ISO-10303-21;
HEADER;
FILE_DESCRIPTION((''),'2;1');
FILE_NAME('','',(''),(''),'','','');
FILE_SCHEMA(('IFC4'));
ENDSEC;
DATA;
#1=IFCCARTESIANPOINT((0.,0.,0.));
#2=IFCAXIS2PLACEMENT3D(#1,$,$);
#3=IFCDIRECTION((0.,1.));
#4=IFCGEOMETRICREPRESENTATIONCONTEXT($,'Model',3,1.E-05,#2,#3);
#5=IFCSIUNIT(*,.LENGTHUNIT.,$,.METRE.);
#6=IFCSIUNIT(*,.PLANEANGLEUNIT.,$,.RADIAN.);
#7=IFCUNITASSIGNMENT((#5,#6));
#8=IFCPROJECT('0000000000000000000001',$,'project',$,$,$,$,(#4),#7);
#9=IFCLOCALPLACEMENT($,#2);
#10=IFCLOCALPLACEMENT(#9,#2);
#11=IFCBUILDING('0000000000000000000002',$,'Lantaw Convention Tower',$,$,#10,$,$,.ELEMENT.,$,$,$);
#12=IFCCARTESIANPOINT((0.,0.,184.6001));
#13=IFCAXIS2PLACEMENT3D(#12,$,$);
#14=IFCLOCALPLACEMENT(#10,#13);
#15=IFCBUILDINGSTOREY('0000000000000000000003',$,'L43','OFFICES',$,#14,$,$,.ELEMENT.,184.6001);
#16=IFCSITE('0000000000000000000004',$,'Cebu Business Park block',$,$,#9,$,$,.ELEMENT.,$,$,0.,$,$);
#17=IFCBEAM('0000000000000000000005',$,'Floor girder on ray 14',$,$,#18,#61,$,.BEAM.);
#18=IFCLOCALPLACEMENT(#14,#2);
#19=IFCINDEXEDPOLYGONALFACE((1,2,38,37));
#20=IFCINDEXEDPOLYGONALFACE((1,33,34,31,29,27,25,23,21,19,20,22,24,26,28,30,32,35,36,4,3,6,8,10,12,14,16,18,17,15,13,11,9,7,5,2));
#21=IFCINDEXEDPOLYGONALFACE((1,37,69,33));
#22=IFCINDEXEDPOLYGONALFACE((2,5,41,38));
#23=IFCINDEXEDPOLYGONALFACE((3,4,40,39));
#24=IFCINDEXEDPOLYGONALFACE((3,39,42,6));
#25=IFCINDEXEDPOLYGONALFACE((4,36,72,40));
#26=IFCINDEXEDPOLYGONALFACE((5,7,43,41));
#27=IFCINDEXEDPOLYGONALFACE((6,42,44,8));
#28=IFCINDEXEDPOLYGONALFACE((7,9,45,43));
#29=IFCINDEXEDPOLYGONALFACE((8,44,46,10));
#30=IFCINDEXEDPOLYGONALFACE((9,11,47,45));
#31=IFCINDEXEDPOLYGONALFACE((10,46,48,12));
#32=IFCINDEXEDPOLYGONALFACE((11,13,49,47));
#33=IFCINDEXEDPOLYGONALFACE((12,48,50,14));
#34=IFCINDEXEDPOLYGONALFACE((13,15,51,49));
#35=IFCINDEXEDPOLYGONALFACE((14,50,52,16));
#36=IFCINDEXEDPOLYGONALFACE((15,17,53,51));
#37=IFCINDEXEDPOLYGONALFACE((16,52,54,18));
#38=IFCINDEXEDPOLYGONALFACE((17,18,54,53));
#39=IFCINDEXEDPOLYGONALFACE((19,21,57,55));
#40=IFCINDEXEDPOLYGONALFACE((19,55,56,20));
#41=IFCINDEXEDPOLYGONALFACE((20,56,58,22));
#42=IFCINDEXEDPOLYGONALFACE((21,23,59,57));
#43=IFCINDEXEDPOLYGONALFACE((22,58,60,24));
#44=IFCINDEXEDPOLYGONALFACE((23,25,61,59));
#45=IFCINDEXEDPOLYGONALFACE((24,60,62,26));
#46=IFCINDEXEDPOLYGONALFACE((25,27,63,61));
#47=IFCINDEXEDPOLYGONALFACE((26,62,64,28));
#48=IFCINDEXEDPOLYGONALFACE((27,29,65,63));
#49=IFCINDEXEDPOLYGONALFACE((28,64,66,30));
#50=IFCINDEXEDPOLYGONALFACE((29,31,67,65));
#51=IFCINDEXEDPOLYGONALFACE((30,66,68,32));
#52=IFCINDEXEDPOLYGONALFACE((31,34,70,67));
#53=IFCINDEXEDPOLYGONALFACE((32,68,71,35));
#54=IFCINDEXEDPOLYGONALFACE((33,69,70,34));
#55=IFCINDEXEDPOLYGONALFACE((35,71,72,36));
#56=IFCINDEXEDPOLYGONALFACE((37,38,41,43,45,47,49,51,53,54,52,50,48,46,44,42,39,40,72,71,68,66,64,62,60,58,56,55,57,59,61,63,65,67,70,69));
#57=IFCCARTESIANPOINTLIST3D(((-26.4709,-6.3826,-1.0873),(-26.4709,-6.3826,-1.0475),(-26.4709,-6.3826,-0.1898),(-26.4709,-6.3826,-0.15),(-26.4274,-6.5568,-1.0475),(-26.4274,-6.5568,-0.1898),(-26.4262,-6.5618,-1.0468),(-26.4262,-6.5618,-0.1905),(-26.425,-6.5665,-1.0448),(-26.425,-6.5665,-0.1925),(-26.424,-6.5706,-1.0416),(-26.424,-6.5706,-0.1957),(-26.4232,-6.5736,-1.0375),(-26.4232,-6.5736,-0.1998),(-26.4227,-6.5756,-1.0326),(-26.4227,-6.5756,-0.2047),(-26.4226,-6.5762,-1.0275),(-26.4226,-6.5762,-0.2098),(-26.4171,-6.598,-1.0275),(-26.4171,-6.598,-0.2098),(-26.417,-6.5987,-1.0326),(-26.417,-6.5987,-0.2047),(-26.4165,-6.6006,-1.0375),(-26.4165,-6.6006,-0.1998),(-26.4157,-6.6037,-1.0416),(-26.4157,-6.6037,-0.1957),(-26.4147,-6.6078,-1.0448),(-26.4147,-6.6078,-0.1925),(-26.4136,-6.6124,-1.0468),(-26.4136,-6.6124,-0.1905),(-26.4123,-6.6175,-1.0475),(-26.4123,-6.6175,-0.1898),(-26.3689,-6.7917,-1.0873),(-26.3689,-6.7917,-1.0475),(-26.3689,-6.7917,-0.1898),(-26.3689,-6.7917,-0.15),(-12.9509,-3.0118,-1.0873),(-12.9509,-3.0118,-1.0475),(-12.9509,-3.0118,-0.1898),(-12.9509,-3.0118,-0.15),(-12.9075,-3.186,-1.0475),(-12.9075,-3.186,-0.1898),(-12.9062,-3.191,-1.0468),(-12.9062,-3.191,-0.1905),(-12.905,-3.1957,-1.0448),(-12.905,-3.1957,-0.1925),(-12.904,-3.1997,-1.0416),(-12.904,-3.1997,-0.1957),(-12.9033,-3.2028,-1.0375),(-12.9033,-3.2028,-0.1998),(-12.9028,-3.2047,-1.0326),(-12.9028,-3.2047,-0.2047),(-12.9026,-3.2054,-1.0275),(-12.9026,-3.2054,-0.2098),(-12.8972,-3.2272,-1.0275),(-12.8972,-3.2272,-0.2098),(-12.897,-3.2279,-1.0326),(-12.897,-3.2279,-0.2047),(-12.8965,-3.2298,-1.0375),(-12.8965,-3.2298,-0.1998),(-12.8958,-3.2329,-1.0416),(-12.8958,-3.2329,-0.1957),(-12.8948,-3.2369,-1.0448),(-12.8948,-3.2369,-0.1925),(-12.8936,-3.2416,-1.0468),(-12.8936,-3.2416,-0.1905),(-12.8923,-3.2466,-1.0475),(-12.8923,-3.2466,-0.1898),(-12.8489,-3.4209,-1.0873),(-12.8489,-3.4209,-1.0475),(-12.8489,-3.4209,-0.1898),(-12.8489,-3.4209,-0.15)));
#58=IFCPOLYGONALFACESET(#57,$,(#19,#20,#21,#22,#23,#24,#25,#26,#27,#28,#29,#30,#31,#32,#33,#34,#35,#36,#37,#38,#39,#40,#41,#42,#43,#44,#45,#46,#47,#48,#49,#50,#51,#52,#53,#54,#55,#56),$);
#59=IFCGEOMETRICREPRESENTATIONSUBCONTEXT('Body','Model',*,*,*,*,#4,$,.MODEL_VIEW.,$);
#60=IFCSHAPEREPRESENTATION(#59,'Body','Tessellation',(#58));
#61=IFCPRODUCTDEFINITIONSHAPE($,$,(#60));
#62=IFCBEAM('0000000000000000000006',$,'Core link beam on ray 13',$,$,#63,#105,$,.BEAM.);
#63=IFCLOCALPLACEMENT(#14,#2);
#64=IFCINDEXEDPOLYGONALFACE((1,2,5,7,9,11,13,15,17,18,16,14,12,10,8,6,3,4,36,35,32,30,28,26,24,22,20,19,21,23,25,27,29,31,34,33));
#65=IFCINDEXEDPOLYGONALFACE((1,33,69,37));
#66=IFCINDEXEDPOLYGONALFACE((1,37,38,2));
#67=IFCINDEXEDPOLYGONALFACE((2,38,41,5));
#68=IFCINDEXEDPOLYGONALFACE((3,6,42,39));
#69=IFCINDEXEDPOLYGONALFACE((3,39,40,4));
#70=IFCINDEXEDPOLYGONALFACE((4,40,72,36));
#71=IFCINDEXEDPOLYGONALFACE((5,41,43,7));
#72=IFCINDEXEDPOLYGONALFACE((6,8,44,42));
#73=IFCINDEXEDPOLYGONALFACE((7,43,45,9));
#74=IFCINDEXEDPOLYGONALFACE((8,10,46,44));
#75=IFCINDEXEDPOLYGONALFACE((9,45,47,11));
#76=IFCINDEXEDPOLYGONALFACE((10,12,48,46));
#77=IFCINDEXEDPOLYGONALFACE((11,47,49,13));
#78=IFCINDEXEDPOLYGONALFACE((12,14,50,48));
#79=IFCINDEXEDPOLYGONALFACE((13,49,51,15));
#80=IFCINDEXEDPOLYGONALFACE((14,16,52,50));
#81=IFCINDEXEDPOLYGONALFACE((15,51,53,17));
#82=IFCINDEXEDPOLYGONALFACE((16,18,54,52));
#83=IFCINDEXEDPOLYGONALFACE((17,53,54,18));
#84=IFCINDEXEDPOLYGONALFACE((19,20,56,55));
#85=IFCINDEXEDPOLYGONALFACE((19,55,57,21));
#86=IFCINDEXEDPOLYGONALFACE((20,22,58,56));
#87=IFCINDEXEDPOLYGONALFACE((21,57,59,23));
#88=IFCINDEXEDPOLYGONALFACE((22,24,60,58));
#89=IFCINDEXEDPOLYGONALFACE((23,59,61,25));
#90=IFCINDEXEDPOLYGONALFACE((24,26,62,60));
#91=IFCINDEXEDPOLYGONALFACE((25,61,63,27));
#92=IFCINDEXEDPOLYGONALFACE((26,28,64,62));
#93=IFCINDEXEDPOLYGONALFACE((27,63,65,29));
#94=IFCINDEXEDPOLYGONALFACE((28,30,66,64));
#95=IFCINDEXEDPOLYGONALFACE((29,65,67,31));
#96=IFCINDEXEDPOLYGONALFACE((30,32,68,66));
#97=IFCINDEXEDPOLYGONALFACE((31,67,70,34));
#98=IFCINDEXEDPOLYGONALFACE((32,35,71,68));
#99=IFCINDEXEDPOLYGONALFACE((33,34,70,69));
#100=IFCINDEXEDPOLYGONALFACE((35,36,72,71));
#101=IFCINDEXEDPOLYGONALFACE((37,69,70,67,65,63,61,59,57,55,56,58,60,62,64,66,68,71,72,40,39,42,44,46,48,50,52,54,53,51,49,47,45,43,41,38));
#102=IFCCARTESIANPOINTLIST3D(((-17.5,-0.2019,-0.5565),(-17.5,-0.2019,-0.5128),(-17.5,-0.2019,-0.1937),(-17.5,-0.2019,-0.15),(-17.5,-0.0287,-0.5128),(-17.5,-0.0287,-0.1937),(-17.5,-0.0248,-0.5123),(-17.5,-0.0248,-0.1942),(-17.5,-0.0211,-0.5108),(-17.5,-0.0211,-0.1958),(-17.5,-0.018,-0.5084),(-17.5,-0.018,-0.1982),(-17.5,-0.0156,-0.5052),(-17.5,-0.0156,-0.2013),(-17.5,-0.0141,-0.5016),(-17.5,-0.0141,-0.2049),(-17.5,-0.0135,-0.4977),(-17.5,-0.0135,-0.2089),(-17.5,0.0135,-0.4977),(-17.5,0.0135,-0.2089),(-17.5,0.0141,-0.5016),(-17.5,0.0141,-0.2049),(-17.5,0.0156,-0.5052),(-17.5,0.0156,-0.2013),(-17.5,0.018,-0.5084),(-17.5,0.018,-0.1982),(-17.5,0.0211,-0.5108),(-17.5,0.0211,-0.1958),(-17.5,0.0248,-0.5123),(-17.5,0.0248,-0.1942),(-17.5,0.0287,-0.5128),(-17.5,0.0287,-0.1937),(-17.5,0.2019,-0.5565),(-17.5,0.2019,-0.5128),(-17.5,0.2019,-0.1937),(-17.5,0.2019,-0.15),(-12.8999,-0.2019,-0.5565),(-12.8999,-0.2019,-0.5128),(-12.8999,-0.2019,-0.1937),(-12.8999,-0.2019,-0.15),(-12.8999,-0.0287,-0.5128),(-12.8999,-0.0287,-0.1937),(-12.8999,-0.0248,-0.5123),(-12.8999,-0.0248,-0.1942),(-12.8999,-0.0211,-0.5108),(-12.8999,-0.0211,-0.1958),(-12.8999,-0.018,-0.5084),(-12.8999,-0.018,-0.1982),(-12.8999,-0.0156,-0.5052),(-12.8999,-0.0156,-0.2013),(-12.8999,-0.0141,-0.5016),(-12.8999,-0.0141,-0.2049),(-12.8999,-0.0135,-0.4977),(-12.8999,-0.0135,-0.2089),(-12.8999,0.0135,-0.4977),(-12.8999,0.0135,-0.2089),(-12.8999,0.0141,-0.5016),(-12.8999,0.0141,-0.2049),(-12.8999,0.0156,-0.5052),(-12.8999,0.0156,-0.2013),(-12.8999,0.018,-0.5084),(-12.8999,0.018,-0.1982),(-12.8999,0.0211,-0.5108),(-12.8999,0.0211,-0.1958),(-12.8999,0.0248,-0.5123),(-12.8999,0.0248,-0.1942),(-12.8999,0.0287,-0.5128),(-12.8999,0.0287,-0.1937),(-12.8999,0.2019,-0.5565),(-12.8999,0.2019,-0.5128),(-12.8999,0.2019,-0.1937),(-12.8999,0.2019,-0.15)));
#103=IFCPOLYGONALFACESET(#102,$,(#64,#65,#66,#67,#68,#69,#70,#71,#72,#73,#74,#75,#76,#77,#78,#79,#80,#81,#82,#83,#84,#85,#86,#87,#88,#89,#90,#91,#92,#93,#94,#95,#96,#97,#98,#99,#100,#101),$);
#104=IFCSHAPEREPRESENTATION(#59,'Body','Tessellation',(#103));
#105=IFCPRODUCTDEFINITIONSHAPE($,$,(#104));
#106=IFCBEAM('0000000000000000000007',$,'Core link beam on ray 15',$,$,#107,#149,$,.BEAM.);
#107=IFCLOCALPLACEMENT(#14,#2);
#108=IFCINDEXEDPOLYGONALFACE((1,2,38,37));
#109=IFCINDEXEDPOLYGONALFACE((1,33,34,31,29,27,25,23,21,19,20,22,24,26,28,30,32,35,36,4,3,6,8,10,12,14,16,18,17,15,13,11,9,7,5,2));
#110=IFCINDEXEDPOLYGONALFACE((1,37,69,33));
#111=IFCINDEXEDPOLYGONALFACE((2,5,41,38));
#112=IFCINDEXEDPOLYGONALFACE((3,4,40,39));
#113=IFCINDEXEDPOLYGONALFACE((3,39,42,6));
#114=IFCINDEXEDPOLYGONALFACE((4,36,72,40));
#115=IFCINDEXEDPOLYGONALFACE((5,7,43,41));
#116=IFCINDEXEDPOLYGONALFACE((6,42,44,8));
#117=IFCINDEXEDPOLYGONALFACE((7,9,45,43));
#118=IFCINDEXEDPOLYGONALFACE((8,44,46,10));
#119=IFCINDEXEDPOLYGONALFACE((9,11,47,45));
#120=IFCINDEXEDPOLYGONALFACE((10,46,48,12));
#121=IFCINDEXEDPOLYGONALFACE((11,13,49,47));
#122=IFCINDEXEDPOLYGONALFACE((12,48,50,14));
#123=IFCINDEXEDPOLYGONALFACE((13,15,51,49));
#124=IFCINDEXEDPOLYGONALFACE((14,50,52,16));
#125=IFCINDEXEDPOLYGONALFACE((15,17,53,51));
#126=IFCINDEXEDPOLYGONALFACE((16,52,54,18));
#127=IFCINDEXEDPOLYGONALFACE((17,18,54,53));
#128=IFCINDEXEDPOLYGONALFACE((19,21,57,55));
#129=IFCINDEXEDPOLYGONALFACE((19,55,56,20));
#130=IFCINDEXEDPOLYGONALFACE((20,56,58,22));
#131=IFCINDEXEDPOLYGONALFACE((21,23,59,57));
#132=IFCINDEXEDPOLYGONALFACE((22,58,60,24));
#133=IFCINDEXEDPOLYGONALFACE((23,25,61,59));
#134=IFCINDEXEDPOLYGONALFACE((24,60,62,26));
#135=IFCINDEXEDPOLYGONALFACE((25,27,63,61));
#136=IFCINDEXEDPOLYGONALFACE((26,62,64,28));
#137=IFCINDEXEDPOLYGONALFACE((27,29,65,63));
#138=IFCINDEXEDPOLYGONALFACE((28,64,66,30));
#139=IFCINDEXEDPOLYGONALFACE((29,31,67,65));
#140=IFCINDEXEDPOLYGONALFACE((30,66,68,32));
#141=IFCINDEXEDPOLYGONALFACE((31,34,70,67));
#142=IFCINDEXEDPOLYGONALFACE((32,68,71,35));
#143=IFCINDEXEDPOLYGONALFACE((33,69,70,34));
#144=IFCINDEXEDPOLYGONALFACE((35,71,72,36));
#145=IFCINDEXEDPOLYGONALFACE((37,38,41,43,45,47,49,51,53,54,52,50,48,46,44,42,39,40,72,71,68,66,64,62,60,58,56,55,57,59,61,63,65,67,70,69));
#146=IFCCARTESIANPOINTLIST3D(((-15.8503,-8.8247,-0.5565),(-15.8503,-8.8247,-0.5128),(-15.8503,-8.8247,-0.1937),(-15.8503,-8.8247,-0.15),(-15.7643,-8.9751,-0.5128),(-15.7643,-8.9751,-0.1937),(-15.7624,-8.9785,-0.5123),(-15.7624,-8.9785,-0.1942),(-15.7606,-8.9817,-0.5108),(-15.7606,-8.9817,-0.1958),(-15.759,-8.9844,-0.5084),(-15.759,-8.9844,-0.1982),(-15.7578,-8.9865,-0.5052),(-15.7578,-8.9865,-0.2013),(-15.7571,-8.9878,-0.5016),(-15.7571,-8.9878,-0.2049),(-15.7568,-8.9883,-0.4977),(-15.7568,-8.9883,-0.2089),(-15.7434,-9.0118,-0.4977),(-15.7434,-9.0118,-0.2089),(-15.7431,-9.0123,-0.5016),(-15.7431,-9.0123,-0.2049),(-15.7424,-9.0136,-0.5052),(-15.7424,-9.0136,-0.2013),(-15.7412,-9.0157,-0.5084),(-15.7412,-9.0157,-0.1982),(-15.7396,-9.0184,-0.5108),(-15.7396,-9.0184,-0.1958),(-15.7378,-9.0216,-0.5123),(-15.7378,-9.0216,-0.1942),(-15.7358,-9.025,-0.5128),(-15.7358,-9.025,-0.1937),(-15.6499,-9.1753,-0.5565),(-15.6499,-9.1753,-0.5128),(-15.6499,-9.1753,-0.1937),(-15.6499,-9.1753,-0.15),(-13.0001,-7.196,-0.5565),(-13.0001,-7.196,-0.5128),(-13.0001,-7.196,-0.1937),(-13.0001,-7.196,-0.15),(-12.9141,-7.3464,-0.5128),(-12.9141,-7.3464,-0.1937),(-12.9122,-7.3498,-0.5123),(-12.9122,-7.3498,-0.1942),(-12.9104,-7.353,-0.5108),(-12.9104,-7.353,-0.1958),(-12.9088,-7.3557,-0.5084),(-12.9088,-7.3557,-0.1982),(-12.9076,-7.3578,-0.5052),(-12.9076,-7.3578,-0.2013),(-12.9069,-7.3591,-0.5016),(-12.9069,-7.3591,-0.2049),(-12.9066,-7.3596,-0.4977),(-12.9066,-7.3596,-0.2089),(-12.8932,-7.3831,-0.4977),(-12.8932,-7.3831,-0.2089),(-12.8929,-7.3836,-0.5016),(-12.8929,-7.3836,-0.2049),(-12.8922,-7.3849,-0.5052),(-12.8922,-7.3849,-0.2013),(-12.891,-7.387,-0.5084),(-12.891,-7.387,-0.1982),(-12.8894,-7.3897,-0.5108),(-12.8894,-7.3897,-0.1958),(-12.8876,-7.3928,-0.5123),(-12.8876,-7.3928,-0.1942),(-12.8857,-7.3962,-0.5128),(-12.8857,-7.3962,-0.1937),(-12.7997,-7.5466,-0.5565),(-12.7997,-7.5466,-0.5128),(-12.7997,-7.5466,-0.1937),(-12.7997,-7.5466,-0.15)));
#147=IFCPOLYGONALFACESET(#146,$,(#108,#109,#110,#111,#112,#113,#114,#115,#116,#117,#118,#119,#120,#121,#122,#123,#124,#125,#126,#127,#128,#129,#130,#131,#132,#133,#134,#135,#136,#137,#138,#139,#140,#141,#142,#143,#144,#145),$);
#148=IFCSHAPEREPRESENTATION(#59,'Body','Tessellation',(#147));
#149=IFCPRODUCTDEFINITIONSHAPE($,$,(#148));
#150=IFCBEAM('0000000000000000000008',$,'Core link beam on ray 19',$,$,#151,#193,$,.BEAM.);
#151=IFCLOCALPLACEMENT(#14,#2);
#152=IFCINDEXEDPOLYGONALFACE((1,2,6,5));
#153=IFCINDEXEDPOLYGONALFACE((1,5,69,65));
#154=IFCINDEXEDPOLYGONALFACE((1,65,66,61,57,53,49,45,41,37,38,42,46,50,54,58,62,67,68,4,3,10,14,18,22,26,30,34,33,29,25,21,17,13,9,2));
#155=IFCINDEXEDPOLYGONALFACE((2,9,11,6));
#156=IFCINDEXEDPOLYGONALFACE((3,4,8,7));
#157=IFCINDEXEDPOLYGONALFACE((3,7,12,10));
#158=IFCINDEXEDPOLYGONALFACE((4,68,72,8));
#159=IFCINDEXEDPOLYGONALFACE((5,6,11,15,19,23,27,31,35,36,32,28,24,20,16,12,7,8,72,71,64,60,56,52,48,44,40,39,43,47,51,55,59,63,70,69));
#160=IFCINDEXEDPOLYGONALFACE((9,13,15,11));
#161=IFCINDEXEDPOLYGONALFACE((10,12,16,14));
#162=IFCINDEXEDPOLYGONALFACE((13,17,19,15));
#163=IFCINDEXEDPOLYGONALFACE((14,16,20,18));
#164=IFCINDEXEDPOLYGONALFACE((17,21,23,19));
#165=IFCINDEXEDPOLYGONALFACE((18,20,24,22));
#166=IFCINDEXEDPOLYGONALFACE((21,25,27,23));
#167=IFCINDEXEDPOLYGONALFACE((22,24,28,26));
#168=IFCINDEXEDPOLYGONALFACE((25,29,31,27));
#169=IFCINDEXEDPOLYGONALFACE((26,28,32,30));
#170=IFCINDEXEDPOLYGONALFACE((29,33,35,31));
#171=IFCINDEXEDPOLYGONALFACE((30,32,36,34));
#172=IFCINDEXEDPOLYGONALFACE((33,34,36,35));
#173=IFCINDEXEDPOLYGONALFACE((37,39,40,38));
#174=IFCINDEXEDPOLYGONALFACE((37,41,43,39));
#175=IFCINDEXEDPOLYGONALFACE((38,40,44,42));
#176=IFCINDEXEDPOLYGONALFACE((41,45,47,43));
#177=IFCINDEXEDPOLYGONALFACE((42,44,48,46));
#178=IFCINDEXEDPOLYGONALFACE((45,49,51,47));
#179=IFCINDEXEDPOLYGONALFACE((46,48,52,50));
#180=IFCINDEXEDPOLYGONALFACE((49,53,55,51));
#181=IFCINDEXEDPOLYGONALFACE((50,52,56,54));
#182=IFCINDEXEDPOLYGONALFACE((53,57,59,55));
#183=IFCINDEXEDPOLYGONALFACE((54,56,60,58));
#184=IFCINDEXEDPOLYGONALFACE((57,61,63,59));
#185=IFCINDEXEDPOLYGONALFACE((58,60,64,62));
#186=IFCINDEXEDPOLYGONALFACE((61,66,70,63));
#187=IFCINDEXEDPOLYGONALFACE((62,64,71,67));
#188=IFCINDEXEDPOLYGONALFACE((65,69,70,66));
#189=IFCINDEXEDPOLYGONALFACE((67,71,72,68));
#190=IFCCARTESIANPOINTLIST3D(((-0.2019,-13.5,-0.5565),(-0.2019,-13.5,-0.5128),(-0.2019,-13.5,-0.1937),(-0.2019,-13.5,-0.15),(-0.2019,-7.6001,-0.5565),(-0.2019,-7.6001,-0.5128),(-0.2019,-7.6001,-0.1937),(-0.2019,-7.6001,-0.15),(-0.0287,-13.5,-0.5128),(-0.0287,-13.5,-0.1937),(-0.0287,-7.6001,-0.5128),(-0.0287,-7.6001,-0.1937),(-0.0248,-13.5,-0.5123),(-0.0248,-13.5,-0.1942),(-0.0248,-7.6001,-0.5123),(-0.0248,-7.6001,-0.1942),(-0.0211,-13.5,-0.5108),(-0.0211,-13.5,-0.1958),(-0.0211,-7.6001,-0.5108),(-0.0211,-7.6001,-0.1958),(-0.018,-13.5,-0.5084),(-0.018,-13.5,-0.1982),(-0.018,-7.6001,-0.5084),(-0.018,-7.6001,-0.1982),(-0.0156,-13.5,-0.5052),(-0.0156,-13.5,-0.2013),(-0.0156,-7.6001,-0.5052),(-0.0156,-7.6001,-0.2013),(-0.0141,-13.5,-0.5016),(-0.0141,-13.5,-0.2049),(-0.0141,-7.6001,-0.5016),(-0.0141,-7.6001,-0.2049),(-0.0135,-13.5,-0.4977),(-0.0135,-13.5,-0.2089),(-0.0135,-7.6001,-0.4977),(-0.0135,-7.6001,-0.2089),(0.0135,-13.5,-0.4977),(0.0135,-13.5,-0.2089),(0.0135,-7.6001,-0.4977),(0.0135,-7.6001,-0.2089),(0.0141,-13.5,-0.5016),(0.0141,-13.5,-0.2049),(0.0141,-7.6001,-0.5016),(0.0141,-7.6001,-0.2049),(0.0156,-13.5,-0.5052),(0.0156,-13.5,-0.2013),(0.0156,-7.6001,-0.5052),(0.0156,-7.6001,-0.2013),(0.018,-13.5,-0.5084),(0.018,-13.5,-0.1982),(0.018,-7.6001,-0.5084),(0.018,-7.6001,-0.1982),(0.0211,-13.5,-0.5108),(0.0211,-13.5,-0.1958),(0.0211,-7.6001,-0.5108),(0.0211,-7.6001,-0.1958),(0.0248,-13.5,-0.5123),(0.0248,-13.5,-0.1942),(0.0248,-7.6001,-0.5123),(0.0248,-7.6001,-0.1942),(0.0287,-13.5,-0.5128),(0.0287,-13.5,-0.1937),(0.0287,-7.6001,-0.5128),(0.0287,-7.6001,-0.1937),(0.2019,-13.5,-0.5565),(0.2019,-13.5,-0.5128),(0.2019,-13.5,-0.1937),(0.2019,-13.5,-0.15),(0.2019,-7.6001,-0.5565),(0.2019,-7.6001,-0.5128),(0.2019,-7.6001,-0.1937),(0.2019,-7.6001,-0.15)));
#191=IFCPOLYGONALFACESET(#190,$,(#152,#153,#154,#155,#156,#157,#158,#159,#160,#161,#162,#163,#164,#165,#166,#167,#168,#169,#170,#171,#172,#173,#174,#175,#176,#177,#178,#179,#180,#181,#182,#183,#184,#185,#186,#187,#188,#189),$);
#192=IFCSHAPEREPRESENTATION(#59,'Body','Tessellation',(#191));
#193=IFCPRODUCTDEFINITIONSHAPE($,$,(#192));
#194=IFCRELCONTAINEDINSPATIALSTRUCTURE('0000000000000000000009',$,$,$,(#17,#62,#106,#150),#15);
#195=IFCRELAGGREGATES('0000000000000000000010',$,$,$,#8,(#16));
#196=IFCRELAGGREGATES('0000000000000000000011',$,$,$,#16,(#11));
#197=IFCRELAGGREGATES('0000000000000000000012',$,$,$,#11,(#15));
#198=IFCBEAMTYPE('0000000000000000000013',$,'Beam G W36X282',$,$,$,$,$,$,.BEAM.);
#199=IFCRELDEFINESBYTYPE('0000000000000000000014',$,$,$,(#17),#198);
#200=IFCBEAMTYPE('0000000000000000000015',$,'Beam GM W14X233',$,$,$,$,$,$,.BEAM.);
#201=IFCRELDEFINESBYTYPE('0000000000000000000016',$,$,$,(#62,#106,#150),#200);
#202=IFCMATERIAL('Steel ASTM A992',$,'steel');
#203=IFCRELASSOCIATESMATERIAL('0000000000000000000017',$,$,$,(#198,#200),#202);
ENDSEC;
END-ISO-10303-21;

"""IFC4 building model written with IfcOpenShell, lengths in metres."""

from ifc_helpers import new_model, si_unit, direction, frame, origin, origin_2d, place, context, subcontext, project, spatial, i_section, extrude, material, material_profile, profile_set, type_object, element, save


model = new_model("IFC4")

# Units and contexts
model_context = context("Model", 3, precision=1e-05, world=origin(), true_north=direction((0.0, 1.0)))
body_context = subcontext(model_context, "Body", "Model", "MODEL_VIEW")
ifc_project = project(units=[si_unit("LENGTHUNIT", "METRE"), si_unit("PLANEANGLEUNIT", "RADIAN")], contexts=[model_context])

# Site, building, storey
site_placement = place(None, origin())
site = spatial("IfcSite", under=ifc_project, at=site_placement, Name="Cebu Business Park block", CompositionType="ELEMENT", RefElevation=0.0)
building_placement = place(site_placement, origin())
building = spatial("IfcBuilding", under=site, at=building_placement, Name="Lantaw Convention Tower", CompositionType="ELEMENT")
storey_placement = place(building_placement, frame((0.0, 0.0, 184.6001)))
storey = spatial("IfcBuildingStorey", under=building, at=storey_placement, Name="L43", Description="OFFICES", CompositionType="ELEMENT", Elevation=184.6001)

# Beams
ifc_material_1 = material(Name="Steel ASTM A992", Category="steel")
ifc_material_profile_1 = material_profile(ifc_material_1, i_section(OverallWidth=0.4216, OverallDepth=0.9373, WebThickness=0.0225, FlangeThickness=0.0398, FilletRadius=0.02, at=origin_2d()), Name="W36X282")
ifc_profile_set_1 = profile_set([ifc_material_profile_1], Name="Steel ASTM A992")
beam_type_1 = type_object("IfcBeamType", Name="Beam G W36X282", PredefinedType="BEAM", material=ifc_profile_set_1)
beam_1_placement = place(storey_placement, frame((-12.8999, -3.2163, -0.6187), z_axis=(-0.970297, -0.241917, 0.0), x_axis=(0.241917, -0.970297, 0.0)))
element("IfcBeam", 1, at=beam_1_placement, inside=storey, type_object=beam_type_1, Name="Floor girder on ray 14", PredefinedType="BEAM", context=body_context, shape_type="SweptSolid", body=[
    extrude(i_section(OverallWidth=0.4216, OverallDepth=0.9373, WebThickness=0.0225, FlangeThickness=0.0398, FilletRadius=0.02, at=origin_2d()), origin(), (0.0, 0.0, 1.0), 13.9338),
])
ifc_material_profile_2 = material_profile(ifc_material_1, i_section(OverallWidth=0.4038, OverallDepth=0.4065, WebThickness=0.0271, FlangeThickness=0.0437, FilletRadius=0.0151, at=origin_2d()), Name="W14X233")
ifc_profile_set_2 = profile_set([ifc_material_profile_2], Name="Steel ASTM A992")
beam_type_2 = type_object("IfcBeamType", Name="Beam GM W14X233", PredefinedType="BEAM", material=ifc_profile_set_2)
beam_2_placement = place(storey_placement, frame((-12.8999, 0.0, -0.3533), z_axis=(-1.0, 0.0, 0.0), x_axis=(0.0, -1.0, 0.0)))
element("IfcBeam", 2, at=beam_2_placement, inside=storey, type_object=beam_type_2, Name="Core link beam on ray 13", PredefinedType="BEAM", context=body_context, shape_type="SweptSolid", body=[
    extrude(i_section(OverallWidth=0.4038, OverallDepth=0.4065, WebThickness=0.0271, FlangeThickness=0.0437, FilletRadius=0.0151, at=origin_2d()), origin(), (0.0, 0.0, 1.0), 4.6001),
])
beam_3_placement = place(storey_placement, frame((-12.8999, -7.3713, -0.3533), z_axis=(-0.868239, -0.496147, 0.0), x_axis=(0.496147, -0.868239, 0.0)))
element("IfcBeam", 3, at=beam_3_placement, inside=storey, type_object=beam_type_2, Name="Core link beam on ray 15", PredefinedType="BEAM", context=body_context, shape_type="SweptSolid", body=[
    extrude(i_section(OverallWidth=0.4038, OverallDepth=0.4065, WebThickness=0.0271, FlangeThickness=0.0437, FilletRadius=0.0151, at=origin_2d()), origin(), (0.0, 0.0, 1.0), 3.2827),
])
beam_4_placement = place(storey_placement, frame((0.0, -7.6001, -0.3533), z_axis=(0.0, -1.0, 0.0), x_axis=(1.0, 0.0, 0.0)))
element("IfcBeam", 4, at=beam_4_placement, inside=storey, type_object=beam_type_2, Name="Core link beam on ray 19", PredefinedType="BEAM", context=body_context, shape_type="SweptSolid", body=[
    extrude(i_section(OverallWidth=0.4038, OverallDepth=0.4065, WebThickness=0.0271, FlangeThickness=0.0437, FilletRadius=0.0151, at=origin_2d()), origin(), (0.0, 0.0, 1.0), 5.8999),
])

save(model, "model.ifc")
